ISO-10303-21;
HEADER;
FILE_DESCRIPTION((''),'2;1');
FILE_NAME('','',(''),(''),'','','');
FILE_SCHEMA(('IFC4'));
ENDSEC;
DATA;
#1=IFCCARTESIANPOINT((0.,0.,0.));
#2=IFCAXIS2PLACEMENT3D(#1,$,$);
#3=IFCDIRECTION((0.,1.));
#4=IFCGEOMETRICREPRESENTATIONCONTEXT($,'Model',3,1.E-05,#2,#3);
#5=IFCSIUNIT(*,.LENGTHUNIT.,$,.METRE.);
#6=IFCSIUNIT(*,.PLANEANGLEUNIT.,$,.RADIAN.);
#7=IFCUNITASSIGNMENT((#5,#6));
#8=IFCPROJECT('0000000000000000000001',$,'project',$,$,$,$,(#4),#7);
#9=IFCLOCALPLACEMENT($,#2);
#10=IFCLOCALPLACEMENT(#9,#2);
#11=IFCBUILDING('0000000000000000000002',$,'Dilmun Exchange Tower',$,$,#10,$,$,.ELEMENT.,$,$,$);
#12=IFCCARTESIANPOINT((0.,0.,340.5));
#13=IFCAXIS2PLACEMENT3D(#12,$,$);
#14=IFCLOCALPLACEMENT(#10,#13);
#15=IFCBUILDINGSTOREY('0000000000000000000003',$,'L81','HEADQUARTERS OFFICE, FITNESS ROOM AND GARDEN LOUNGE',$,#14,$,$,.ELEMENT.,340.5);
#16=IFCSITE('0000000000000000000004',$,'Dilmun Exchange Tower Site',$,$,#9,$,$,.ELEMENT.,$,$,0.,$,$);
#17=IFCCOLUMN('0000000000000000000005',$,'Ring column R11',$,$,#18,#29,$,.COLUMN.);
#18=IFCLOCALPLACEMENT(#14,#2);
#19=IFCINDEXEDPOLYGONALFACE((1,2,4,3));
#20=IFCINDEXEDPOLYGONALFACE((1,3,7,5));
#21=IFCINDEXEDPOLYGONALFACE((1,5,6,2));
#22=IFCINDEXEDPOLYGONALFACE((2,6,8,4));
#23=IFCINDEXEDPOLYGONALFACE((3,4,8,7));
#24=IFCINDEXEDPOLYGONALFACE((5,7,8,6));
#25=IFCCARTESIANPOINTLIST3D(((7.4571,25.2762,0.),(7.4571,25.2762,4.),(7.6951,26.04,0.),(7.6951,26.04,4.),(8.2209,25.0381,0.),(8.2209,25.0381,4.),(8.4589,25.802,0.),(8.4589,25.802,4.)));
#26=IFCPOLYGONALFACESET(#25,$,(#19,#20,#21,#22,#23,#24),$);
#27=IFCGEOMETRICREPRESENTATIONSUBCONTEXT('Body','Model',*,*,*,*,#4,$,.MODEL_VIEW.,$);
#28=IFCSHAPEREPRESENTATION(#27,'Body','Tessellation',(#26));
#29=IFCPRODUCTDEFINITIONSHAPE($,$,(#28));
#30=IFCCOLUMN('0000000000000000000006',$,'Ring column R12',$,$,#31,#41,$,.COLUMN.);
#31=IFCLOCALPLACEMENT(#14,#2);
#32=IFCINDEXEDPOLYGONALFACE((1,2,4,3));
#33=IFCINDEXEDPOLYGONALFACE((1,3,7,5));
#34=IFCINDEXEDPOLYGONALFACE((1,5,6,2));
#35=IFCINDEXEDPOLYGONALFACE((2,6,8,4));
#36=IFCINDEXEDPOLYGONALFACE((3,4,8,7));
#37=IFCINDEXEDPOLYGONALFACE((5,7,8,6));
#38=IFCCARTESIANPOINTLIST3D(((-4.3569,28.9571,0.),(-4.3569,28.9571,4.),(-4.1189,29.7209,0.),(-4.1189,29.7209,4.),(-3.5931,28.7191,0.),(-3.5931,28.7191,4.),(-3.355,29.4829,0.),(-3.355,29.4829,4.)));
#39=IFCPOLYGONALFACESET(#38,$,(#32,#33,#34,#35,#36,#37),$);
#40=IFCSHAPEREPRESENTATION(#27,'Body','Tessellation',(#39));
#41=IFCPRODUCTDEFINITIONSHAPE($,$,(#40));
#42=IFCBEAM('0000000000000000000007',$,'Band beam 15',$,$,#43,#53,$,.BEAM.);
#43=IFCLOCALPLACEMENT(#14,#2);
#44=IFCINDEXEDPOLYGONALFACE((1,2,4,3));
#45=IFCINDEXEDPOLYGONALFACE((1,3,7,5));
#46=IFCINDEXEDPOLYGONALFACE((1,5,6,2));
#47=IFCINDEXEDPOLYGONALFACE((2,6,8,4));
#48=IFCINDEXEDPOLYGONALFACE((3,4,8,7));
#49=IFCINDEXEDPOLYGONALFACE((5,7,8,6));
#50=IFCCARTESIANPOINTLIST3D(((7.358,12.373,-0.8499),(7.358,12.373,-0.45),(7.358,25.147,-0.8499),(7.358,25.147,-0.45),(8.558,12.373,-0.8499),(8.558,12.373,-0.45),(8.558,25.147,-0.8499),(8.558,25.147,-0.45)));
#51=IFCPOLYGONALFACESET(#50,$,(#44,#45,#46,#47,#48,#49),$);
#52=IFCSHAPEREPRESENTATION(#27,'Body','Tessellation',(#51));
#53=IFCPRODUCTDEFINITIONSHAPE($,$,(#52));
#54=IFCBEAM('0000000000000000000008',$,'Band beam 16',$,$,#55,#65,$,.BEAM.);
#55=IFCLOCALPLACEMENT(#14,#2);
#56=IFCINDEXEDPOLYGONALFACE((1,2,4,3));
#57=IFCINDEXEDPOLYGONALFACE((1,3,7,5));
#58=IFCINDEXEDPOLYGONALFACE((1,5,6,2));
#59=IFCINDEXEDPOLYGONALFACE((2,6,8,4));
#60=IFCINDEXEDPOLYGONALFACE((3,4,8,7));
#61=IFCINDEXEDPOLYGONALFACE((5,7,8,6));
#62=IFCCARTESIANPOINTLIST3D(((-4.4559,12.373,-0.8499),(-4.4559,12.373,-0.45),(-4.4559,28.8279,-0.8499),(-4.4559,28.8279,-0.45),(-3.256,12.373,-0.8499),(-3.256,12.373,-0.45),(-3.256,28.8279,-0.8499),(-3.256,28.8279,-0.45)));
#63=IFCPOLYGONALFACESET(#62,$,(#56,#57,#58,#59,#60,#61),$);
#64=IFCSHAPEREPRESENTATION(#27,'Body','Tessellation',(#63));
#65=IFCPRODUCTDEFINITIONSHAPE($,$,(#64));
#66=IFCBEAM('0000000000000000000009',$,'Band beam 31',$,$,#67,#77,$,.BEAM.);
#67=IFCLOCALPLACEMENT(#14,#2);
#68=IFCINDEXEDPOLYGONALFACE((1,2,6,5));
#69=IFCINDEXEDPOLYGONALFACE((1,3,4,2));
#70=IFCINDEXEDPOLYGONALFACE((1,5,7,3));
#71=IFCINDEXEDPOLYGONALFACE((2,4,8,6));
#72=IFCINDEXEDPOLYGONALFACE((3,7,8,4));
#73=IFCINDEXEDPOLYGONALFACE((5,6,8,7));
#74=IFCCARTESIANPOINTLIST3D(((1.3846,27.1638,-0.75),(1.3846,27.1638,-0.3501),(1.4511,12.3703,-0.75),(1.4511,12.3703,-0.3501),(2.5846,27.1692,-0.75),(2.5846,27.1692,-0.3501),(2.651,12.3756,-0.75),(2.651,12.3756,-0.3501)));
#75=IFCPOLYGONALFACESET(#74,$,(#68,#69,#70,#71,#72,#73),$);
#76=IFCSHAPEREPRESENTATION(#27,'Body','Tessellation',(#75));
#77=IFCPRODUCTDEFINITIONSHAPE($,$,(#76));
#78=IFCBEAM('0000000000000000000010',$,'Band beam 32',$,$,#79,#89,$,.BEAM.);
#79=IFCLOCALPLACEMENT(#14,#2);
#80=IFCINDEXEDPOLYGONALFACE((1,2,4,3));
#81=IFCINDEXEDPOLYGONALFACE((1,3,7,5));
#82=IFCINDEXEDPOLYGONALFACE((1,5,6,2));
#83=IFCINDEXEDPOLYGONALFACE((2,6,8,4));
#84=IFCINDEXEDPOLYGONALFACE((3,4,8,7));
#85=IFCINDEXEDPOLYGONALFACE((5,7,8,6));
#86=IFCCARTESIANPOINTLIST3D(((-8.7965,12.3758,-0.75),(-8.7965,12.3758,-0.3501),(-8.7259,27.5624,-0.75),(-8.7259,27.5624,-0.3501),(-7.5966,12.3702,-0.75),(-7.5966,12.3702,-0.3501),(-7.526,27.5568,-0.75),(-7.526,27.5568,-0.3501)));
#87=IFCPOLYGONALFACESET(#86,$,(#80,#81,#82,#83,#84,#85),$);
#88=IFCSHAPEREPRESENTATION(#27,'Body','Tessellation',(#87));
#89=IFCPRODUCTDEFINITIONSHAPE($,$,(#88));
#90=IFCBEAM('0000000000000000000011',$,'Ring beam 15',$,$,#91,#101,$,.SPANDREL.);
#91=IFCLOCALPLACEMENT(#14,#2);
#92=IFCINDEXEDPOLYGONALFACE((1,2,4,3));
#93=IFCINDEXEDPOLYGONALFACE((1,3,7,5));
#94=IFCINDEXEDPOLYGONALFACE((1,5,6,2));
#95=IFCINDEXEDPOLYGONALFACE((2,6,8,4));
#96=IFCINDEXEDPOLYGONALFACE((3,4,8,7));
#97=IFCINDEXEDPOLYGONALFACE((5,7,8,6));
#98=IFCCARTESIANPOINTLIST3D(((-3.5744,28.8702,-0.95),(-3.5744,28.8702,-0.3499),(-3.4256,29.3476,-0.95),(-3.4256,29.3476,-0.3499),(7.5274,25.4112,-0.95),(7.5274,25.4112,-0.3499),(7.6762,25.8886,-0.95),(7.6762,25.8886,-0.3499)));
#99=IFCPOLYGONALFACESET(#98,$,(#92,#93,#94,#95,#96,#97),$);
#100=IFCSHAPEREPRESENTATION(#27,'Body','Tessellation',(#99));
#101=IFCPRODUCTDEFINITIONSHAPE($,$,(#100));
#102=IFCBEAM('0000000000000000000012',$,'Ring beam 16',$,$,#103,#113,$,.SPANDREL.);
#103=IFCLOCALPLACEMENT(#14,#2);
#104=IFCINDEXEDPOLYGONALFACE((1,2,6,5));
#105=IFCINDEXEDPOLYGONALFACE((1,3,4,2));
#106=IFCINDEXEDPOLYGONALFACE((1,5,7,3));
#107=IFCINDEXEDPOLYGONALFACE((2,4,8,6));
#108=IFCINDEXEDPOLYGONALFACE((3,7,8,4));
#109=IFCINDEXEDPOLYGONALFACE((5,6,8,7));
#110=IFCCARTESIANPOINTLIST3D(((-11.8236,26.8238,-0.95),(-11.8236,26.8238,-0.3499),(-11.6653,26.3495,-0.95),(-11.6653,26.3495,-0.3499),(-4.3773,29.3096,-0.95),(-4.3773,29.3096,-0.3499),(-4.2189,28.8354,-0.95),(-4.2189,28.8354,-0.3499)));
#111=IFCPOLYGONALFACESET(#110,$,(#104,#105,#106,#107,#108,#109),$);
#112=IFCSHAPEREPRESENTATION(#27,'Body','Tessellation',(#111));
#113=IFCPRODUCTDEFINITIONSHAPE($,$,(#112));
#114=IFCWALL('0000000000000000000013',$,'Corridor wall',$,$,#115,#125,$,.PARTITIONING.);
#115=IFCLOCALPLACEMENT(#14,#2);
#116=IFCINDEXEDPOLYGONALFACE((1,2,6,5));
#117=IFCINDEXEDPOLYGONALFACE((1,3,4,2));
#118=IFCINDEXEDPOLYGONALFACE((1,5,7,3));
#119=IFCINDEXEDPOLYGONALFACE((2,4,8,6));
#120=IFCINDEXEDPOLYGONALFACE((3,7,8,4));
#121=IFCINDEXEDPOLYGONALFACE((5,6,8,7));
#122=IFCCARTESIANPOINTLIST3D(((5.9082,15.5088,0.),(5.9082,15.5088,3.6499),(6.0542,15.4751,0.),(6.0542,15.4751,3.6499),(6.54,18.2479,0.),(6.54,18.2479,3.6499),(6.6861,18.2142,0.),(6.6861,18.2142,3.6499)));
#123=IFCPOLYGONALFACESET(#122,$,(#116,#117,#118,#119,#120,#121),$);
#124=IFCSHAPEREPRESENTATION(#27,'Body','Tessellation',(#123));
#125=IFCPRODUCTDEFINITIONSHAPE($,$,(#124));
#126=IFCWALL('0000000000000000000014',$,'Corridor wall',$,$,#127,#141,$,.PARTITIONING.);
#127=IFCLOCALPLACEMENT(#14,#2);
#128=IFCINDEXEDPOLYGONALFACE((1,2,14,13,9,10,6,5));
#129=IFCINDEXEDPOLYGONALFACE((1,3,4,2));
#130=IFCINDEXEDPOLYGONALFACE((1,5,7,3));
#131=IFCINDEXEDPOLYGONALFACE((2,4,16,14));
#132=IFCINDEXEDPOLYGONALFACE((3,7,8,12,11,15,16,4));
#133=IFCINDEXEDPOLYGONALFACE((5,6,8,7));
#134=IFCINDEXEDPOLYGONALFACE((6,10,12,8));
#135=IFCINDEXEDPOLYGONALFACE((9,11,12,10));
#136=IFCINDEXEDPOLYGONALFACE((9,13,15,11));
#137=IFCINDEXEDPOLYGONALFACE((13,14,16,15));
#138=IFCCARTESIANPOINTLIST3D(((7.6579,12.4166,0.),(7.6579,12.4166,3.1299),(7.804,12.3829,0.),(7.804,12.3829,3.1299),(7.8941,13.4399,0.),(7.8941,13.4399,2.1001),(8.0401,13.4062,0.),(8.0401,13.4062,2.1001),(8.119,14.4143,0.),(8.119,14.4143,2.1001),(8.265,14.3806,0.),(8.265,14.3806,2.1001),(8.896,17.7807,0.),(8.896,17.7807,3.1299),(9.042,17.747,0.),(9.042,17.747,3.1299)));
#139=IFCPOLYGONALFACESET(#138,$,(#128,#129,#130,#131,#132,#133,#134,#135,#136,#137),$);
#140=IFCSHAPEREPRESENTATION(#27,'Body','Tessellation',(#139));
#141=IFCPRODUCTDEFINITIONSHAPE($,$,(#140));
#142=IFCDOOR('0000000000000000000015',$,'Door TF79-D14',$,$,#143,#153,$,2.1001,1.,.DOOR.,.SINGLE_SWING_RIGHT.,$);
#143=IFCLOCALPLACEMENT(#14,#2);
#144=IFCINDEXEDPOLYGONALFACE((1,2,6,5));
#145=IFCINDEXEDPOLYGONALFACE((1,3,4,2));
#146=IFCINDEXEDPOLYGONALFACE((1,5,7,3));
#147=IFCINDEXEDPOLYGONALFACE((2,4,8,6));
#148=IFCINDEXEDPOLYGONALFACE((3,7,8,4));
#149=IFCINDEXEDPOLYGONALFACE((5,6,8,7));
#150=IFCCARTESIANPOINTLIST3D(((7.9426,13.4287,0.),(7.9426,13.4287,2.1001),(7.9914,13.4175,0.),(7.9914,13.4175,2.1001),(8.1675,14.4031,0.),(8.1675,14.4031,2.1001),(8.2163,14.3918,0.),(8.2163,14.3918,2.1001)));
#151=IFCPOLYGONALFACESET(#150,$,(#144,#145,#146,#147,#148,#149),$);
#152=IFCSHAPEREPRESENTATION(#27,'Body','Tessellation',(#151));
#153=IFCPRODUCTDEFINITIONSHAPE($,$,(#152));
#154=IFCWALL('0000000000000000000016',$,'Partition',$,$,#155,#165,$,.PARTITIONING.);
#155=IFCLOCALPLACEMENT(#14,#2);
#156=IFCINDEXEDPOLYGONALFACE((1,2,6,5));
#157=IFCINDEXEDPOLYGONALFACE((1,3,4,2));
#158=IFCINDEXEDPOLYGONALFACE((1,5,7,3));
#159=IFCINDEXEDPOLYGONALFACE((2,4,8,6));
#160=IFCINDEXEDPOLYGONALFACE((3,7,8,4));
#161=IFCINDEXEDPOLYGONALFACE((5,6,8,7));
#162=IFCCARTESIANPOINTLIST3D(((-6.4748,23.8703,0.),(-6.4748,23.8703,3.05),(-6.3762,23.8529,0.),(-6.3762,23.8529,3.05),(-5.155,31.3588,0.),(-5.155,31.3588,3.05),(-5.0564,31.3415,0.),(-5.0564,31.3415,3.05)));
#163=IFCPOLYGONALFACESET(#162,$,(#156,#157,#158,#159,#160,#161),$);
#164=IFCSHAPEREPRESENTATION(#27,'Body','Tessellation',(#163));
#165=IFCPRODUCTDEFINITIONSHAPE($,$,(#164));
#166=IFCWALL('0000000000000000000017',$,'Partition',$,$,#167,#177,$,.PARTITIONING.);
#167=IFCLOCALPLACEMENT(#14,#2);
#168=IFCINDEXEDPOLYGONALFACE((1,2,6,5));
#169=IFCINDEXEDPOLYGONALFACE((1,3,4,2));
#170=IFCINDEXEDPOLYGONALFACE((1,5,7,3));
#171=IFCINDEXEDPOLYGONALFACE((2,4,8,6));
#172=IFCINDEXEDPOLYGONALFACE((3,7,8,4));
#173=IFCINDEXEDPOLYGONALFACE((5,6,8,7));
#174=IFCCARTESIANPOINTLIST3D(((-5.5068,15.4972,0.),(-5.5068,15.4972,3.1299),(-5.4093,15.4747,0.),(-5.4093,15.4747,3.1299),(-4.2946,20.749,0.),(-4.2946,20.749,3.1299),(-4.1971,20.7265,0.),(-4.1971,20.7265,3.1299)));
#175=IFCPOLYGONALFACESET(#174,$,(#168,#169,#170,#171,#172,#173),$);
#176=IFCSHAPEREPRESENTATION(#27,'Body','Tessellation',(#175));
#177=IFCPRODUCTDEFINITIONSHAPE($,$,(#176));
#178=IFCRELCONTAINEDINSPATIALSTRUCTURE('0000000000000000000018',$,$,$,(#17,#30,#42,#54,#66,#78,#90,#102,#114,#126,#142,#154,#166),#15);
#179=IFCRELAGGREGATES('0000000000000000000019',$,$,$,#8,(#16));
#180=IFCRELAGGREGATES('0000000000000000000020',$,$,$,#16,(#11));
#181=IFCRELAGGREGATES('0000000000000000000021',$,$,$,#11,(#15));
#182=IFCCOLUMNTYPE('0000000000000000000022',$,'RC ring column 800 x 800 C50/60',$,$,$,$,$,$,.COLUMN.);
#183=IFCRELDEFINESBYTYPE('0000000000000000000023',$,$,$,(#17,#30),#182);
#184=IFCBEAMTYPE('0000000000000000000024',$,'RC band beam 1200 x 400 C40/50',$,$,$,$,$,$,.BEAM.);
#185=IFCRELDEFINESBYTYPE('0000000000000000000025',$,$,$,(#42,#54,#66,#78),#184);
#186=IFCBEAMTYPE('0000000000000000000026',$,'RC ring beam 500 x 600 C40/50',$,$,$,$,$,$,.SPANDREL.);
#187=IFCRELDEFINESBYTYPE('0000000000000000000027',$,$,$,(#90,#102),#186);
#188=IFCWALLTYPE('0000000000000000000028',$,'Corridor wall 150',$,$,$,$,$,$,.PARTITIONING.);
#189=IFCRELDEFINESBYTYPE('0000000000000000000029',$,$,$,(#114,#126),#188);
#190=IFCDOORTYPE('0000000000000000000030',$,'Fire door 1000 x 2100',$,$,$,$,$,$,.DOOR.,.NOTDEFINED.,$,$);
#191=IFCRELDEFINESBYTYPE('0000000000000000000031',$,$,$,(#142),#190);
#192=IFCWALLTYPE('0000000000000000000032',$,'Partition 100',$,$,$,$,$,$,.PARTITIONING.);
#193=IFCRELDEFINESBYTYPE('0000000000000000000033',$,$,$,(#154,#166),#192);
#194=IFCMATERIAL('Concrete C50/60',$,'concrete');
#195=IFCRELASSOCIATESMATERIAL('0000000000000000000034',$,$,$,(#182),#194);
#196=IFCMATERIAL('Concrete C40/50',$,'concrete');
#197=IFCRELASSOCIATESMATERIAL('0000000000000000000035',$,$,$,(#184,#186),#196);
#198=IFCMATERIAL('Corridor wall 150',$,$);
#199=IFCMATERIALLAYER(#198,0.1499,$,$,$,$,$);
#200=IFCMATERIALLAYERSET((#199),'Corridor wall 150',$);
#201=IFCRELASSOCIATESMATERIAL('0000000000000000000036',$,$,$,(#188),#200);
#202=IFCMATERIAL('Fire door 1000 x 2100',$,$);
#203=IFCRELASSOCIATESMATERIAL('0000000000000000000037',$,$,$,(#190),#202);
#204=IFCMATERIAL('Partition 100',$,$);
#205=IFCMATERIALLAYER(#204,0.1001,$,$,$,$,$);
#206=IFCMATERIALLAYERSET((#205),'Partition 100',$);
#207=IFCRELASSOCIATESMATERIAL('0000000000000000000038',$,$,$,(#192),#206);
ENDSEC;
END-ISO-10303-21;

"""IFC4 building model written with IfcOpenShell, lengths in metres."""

from ifc_helpers import new_model, si_unit, direction, frame, frame_2d, origin, origin_2d, place, context, subcontext, project, spatial, rectangle, extrude, material, layer, layer_set, material_profile, profile_set, type_object, element, fill, save


model = new_model("IFC4")

# Units and contexts
model_context = context("Model", 3, precision=1e-05, world=origin(), true_north=direction((0.0, 1.0)))
body_context = subcontext(model_context, "Body", "Model", "MODEL_VIEW")
ifc_project = project(units=[si_unit("LENGTHUNIT", "METRE"), si_unit("PLANEANGLEUNIT", "RADIAN")], contexts=[model_context])

# Site, building, storey
site_placement = place(None, origin())
site = spatial("IfcSite", under=ifc_project, at=site_placement, Name="Dilmun Exchange Tower Site", CompositionType="ELEMENT", RefElevation=0.0)
building_placement = place(site_placement, origin())
building = spatial("IfcBuilding", under=site, at=building_placement, Name="Dilmun Exchange Tower", CompositionType="ELEMENT")
storey_placement = place(building_placement, frame((0.0, 0.0, 340.5)))
storey = spatial("IfcBuildingStorey", under=building, at=storey_placement, Name="L81", Description="HEADQUARTERS OFFICE, FITNESS ROOM AND GARDEN LOUNGE", CompositionType="ELEMENT", Elevation=340.5)

# Columns
ifc_material_1 = material(Name="Concrete C50/60", Category="concrete")
ifc_material_profile_1 = material_profile(ifc_material_1, rectangle(XDim=0.8, YDim=0.8, at=origin_2d()), Name="800 x 800")
ifc_profile_set_1 = profile_set([ifc_material_profile_1], Name="Concrete C50/60")
column_type = type_object("IfcColumnType", Name="RC ring column 800 x 800 C50/60", PredefinedType="COLUMN", material=ifc_profile_set_1)
for number, where, z_axis, x_axis, name in (
    (1, (7.958, 25.5391, 0.0), (0.0, 0.0, 1.0), (0.297503, 0.954721, 0.0), "Ring column R11"),
    (2, (-3.856, 29.22, 0.0), (0.0, 0.0, 1.0), (0.297503, 0.954721, 0.0), "Ring column R12"),
):
    element("IfcColumn", number, at=place(storey_placement, frame(where, z_axis=z_axis, x_axis=x_axis)), inside=storey, type_object=column_type, Name=name, PredefinedType="COLUMN", context=body_context, shape_type="SweptSolid", body=[
        extrude(rectangle(XDim=0.8, YDim=0.8, at=origin_2d()), origin(), (0.0, 0.0, 1.0), 4.0),
    ])

# Beams
ifc_material_2 = material(Name="Concrete C40/50", Category="concrete")
ifc_material_profile_2 = material_profile(ifc_material_2, rectangle(XDim=1.2, YDim=0.3999, at=origin_2d()), Name="1200 x 400")
ifc_profile_set_2 = profile_set([ifc_material_profile_2], Name="Concrete C40/50")
beam_type_1 = type_object("IfcBeamType", Name="RC band beam 1200 x 400 C40/50", PredefinedType="BEAM", material=ifc_profile_set_2)
beam_1_placement = place(storey_placement, frame((7.958, 25.147, -0.6499), z_axis=(0.0, -1.0, 0.0), x_axis=(1.0, 0.0, 0.0)))
element("IfcBeam", 3, at=beam_1_placement, inside=storey, type_object=beam_type_1, Name="Band beam 15", PredefinedType="BEAM", context=body_context, shape_type="SweptSolid", body=[
    extrude(rectangle(XDim=1.2, YDim=0.3999, at=origin_2d()), origin(), (0.0, 0.0, 1.0), 12.7739),
])
beam_2_placement = place(storey_placement, frame((-3.856, 28.8279, -0.6499), z_axis=(0.0, -1.0, 0.0), x_axis=(1.0, 0.0, 0.0)))
element("IfcBeam", 4, at=beam_2_placement, inside=storey, type_object=beam_type_1, Name="Band beam 16", PredefinedType="BEAM", context=body_context, shape_type="SweptSolid", body=[
    extrude(rectangle(XDim=1.2, YDim=0.3999, at=origin_2d()), origin(), (0.0, 0.0, 1.0), 16.4548),
])
beam_3_placement = place(storey_placement, frame((1.9846, 27.1665, -0.55), z_axis=(0.004489, -0.99999, 0.0), x_axis=(0.99999, 0.004489, 0.0)))
element("IfcBeam", 5, at=beam_3_placement, inside=storey, type_object=beam_type_1, Name="Band beam 31", PredefinedType="BEAM", context=body_context, shape_type="SweptSolid", body=[
    extrude(rectangle(XDim=1.2, YDim=0.3999, at=origin_2d()), origin(), (0.0, 0.0, 1.0), 14.7937),
])
beam_4_placement = place(storey_placement, frame((-8.126, 27.5596, -0.55), z_axis=(-0.004646, -0.999989, 0.0), x_axis=(0.999989, -0.004646, 0.0)))
element("IfcBeam", 6, at=beam_4_placement, inside=storey, type_object=beam_type_1, Name="Band beam 32", PredefinedType="BEAM", context=body_context, shape_type="SweptSolid", body=[
    extrude(rectangle(XDim=1.2, YDim=0.3999, at=origin_2d()), origin(), (0.0, 0.0, 1.0), 15.1868),
])
ifc_material_profile_3 = material_profile(ifc_material_2, rectangle(XDim=0.5, YDim=0.6001, at=origin_2d()), Name="500 x 600")
ifc_profile_set_3 = profile_set([ifc_material_profile_3], Name="Concrete C40/50")
beam_type_2 = type_object("IfcBeamType", Name="RC ring beam 500 x 600 C40/50", PredefinedType="SPANDREL", material=ifc_profile_set_3)
beam_5_placement = place(storey_placement, frame((7.6018, 25.6499, -0.6499), z_axis=(-0.954733, 0.297466, 0.0), x_axis=(-0.297466, -0.954733, 0.0)))
element("IfcBeam", 7, at=beam_5_placement, inside=storey, type_object=beam_type_2, Name="Ring beam 15", PredefinedType="SPANDREL", context=body_context, shape_type="SweptSolid", body=[
    extrude(rectangle(XDim=0.5, YDim=0.6001, at=origin_2d()), origin(), (0.0, 0.0, 1.0), 11.6282),
])
beam_6_placement = place(storey_placement, frame((-4.2981, 29.0725, -0.6499), z_axis=(-0.94854, -0.316657, 0.0), x_axis=(0.316657, -0.94854, 0.0)))
element("IfcBeam", 8, at=beam_6_placement, inside=storey, type_object=beam_type_2, Name="Ring beam 16", PredefinedType="SPANDREL", context=body_context, shape_type="SweptSolid", body=[
    extrude(rectangle(XDim=0.5, YDim=0.6001, at=origin_2d()), origin(), (0.0, 0.0, 1.0), 7.8503),
])

# Wall
ifc_material_3 = material(Name="Corridor wall 150")
ifc_layer_1 = layer(ifc_material_3, 0.1499)
ifc_layer_set_1 = layer_set([ifc_layer_1], Name="Corridor wall 150")
wall_type_1 = type_object("IfcWallType", Name="Corridor wall 150", PredefinedType="PARTITIONING", material=ifc_layer_set_1)
wall_1_placement = place(storey_placement, frame((5.9812, 15.4919, 0.0), z_axis=(0.0, 0.0, 1.0), x_axis=(0.224777, 0.97441, 0.0)))
element("IfcWall", 9, at=wall_1_placement, inside=storey, type_object=wall_type_1, Name="Corridor wall", PredefinedType="PARTITIONING", context=body_context, shape_type="SweptSolid", body=[
    extrude(rectangle(XDim=2.811, YDim=0.1499, at=frame_2d((1.4055, 0.0))), origin(), (0.0, 0.0, 1.0), 3.6499),
])

# Wall, opening, door
wall_2_placement = place(storey_placement, frame((7.731, 12.3999, 0.0), z_axis=(0.0, 0.0, 1.0), x_axis=(0.224892, 0.974384, 0.0)))
wall_2 = element("IfcWall", 10, at=wall_2_placement, inside=storey, type_object=wall_type_1, Name="Corridor wall", PredefinedType="PARTITIONING", context=body_context, shape_type="SweptSolid", body=[
    extrude(rectangle(XDim=5.5051, YDim=0.1499, at=frame_2d((2.7524, 0.0))), origin(), (0.0, 0.0, 1.0), 3.1299),
])
opening_placement = place(wall_2_placement, frame((1.05, 0.0, 0.0)))
opening = element("IfcOpeningElement", 11, at=opening_placement, cuts=wall_2, PredefinedType="OPENING", context=body_context, shape_type="SweptSolid", body=[
    extrude(rectangle(XDim=1.0, YDim=2.1001, at=frame_2d((0.5, 1.05))), frame((0.0, 0.085, 0.0), z_axis=(0.0, -1.0, 0.0), x_axis=(1.0, 0.0, 0.0)), (0.0, 0.0, 1.0), 0.1699),
])
ifc_material_4 = material(Name="Fire door 1000 x 2100")
door_type = type_object("IfcDoorType", Name="Fire door 1000 x 2100", OperationType="NOTDEFINED", PredefinedType="DOOR", material=ifc_material_4)
door_placement = place(opening_placement, frame((1.0, 0.0, 0.0), z_axis=(0.0, 0.0, 1.0), x_axis=(-1.0, 0.0, 0.0)))
door = element("IfcDoor", 12, at=door_placement, inside=storey, type_object=door_type, Name="Door TF79-D14", OperationType="SINGLE_SWING_RIGHT", OverallHeight=2.1001, OverallWidth=1.0, PredefinedType="DOOR", context=body_context, shape_type="SweptSolid", body=[
    extrude(rectangle(XDim=1.0, YDim=2.1001, at=frame_2d((0.5, 1.05))), frame((0.0, 0.0249, 0.0), z_axis=(0.0, -1.0, 0.0), x_axis=(1.0, 0.0, 0.0)), (0.0, 0.0, 1.0), 0.05),
])
fill(opening, door)

# Walls
ifc_material_5 = material(Name="Partition 100")
ifc_layer_2 = layer(ifc_material_5, 0.1001)
ifc_layer_set_2 = layer_set([ifc_layer_2], Name="Partition 100")
wall_type_2 = type_object("IfcWallType", Name="Partition 100", PredefinedType="PARTITIONING", material=ifc_layer_set_2)
wall_3_placement = place(storey_placement, frame((-6.4255, 23.8616, 0.0), z_axis=(0.0, 0.0, 1.0), x_axis=(0.173571, 0.984821, 0.0)))
element("IfcWall", 13, at=wall_3_placement, inside=storey, type_object=wall_type_2, Name="Partition", PredefinedType="PARTITIONING", context=body_context, shape_type="SweptSolid", body=[
    extrude(rectangle(XDim=7.604, YDim=0.1001, at=frame_2d((3.802, 0.0))), origin(), (0.0, 0.0, 1.0), 3.05),
])
wall_4_placement = place(storey_placement, frame((-5.458, 15.4861, 0.0), z_axis=(0.0, 0.0, 1.0), x_axis=(0.224899, 0.974382, 0.0)))
element("IfcWall", 14, at=wall_4_placement, inside=storey, type_object=wall_type_2, Name="Partition", PredefinedType="PARTITIONING", context=body_context, shape_type="SweptSolid", body=[
    extrude(rectangle(XDim=5.3899, YDim=0.1001, at=frame_2d((2.6948, 0.0))), origin(), (0.0, 0.0, 1.0), 3.1299),
])

save(model, "model.ifc")
